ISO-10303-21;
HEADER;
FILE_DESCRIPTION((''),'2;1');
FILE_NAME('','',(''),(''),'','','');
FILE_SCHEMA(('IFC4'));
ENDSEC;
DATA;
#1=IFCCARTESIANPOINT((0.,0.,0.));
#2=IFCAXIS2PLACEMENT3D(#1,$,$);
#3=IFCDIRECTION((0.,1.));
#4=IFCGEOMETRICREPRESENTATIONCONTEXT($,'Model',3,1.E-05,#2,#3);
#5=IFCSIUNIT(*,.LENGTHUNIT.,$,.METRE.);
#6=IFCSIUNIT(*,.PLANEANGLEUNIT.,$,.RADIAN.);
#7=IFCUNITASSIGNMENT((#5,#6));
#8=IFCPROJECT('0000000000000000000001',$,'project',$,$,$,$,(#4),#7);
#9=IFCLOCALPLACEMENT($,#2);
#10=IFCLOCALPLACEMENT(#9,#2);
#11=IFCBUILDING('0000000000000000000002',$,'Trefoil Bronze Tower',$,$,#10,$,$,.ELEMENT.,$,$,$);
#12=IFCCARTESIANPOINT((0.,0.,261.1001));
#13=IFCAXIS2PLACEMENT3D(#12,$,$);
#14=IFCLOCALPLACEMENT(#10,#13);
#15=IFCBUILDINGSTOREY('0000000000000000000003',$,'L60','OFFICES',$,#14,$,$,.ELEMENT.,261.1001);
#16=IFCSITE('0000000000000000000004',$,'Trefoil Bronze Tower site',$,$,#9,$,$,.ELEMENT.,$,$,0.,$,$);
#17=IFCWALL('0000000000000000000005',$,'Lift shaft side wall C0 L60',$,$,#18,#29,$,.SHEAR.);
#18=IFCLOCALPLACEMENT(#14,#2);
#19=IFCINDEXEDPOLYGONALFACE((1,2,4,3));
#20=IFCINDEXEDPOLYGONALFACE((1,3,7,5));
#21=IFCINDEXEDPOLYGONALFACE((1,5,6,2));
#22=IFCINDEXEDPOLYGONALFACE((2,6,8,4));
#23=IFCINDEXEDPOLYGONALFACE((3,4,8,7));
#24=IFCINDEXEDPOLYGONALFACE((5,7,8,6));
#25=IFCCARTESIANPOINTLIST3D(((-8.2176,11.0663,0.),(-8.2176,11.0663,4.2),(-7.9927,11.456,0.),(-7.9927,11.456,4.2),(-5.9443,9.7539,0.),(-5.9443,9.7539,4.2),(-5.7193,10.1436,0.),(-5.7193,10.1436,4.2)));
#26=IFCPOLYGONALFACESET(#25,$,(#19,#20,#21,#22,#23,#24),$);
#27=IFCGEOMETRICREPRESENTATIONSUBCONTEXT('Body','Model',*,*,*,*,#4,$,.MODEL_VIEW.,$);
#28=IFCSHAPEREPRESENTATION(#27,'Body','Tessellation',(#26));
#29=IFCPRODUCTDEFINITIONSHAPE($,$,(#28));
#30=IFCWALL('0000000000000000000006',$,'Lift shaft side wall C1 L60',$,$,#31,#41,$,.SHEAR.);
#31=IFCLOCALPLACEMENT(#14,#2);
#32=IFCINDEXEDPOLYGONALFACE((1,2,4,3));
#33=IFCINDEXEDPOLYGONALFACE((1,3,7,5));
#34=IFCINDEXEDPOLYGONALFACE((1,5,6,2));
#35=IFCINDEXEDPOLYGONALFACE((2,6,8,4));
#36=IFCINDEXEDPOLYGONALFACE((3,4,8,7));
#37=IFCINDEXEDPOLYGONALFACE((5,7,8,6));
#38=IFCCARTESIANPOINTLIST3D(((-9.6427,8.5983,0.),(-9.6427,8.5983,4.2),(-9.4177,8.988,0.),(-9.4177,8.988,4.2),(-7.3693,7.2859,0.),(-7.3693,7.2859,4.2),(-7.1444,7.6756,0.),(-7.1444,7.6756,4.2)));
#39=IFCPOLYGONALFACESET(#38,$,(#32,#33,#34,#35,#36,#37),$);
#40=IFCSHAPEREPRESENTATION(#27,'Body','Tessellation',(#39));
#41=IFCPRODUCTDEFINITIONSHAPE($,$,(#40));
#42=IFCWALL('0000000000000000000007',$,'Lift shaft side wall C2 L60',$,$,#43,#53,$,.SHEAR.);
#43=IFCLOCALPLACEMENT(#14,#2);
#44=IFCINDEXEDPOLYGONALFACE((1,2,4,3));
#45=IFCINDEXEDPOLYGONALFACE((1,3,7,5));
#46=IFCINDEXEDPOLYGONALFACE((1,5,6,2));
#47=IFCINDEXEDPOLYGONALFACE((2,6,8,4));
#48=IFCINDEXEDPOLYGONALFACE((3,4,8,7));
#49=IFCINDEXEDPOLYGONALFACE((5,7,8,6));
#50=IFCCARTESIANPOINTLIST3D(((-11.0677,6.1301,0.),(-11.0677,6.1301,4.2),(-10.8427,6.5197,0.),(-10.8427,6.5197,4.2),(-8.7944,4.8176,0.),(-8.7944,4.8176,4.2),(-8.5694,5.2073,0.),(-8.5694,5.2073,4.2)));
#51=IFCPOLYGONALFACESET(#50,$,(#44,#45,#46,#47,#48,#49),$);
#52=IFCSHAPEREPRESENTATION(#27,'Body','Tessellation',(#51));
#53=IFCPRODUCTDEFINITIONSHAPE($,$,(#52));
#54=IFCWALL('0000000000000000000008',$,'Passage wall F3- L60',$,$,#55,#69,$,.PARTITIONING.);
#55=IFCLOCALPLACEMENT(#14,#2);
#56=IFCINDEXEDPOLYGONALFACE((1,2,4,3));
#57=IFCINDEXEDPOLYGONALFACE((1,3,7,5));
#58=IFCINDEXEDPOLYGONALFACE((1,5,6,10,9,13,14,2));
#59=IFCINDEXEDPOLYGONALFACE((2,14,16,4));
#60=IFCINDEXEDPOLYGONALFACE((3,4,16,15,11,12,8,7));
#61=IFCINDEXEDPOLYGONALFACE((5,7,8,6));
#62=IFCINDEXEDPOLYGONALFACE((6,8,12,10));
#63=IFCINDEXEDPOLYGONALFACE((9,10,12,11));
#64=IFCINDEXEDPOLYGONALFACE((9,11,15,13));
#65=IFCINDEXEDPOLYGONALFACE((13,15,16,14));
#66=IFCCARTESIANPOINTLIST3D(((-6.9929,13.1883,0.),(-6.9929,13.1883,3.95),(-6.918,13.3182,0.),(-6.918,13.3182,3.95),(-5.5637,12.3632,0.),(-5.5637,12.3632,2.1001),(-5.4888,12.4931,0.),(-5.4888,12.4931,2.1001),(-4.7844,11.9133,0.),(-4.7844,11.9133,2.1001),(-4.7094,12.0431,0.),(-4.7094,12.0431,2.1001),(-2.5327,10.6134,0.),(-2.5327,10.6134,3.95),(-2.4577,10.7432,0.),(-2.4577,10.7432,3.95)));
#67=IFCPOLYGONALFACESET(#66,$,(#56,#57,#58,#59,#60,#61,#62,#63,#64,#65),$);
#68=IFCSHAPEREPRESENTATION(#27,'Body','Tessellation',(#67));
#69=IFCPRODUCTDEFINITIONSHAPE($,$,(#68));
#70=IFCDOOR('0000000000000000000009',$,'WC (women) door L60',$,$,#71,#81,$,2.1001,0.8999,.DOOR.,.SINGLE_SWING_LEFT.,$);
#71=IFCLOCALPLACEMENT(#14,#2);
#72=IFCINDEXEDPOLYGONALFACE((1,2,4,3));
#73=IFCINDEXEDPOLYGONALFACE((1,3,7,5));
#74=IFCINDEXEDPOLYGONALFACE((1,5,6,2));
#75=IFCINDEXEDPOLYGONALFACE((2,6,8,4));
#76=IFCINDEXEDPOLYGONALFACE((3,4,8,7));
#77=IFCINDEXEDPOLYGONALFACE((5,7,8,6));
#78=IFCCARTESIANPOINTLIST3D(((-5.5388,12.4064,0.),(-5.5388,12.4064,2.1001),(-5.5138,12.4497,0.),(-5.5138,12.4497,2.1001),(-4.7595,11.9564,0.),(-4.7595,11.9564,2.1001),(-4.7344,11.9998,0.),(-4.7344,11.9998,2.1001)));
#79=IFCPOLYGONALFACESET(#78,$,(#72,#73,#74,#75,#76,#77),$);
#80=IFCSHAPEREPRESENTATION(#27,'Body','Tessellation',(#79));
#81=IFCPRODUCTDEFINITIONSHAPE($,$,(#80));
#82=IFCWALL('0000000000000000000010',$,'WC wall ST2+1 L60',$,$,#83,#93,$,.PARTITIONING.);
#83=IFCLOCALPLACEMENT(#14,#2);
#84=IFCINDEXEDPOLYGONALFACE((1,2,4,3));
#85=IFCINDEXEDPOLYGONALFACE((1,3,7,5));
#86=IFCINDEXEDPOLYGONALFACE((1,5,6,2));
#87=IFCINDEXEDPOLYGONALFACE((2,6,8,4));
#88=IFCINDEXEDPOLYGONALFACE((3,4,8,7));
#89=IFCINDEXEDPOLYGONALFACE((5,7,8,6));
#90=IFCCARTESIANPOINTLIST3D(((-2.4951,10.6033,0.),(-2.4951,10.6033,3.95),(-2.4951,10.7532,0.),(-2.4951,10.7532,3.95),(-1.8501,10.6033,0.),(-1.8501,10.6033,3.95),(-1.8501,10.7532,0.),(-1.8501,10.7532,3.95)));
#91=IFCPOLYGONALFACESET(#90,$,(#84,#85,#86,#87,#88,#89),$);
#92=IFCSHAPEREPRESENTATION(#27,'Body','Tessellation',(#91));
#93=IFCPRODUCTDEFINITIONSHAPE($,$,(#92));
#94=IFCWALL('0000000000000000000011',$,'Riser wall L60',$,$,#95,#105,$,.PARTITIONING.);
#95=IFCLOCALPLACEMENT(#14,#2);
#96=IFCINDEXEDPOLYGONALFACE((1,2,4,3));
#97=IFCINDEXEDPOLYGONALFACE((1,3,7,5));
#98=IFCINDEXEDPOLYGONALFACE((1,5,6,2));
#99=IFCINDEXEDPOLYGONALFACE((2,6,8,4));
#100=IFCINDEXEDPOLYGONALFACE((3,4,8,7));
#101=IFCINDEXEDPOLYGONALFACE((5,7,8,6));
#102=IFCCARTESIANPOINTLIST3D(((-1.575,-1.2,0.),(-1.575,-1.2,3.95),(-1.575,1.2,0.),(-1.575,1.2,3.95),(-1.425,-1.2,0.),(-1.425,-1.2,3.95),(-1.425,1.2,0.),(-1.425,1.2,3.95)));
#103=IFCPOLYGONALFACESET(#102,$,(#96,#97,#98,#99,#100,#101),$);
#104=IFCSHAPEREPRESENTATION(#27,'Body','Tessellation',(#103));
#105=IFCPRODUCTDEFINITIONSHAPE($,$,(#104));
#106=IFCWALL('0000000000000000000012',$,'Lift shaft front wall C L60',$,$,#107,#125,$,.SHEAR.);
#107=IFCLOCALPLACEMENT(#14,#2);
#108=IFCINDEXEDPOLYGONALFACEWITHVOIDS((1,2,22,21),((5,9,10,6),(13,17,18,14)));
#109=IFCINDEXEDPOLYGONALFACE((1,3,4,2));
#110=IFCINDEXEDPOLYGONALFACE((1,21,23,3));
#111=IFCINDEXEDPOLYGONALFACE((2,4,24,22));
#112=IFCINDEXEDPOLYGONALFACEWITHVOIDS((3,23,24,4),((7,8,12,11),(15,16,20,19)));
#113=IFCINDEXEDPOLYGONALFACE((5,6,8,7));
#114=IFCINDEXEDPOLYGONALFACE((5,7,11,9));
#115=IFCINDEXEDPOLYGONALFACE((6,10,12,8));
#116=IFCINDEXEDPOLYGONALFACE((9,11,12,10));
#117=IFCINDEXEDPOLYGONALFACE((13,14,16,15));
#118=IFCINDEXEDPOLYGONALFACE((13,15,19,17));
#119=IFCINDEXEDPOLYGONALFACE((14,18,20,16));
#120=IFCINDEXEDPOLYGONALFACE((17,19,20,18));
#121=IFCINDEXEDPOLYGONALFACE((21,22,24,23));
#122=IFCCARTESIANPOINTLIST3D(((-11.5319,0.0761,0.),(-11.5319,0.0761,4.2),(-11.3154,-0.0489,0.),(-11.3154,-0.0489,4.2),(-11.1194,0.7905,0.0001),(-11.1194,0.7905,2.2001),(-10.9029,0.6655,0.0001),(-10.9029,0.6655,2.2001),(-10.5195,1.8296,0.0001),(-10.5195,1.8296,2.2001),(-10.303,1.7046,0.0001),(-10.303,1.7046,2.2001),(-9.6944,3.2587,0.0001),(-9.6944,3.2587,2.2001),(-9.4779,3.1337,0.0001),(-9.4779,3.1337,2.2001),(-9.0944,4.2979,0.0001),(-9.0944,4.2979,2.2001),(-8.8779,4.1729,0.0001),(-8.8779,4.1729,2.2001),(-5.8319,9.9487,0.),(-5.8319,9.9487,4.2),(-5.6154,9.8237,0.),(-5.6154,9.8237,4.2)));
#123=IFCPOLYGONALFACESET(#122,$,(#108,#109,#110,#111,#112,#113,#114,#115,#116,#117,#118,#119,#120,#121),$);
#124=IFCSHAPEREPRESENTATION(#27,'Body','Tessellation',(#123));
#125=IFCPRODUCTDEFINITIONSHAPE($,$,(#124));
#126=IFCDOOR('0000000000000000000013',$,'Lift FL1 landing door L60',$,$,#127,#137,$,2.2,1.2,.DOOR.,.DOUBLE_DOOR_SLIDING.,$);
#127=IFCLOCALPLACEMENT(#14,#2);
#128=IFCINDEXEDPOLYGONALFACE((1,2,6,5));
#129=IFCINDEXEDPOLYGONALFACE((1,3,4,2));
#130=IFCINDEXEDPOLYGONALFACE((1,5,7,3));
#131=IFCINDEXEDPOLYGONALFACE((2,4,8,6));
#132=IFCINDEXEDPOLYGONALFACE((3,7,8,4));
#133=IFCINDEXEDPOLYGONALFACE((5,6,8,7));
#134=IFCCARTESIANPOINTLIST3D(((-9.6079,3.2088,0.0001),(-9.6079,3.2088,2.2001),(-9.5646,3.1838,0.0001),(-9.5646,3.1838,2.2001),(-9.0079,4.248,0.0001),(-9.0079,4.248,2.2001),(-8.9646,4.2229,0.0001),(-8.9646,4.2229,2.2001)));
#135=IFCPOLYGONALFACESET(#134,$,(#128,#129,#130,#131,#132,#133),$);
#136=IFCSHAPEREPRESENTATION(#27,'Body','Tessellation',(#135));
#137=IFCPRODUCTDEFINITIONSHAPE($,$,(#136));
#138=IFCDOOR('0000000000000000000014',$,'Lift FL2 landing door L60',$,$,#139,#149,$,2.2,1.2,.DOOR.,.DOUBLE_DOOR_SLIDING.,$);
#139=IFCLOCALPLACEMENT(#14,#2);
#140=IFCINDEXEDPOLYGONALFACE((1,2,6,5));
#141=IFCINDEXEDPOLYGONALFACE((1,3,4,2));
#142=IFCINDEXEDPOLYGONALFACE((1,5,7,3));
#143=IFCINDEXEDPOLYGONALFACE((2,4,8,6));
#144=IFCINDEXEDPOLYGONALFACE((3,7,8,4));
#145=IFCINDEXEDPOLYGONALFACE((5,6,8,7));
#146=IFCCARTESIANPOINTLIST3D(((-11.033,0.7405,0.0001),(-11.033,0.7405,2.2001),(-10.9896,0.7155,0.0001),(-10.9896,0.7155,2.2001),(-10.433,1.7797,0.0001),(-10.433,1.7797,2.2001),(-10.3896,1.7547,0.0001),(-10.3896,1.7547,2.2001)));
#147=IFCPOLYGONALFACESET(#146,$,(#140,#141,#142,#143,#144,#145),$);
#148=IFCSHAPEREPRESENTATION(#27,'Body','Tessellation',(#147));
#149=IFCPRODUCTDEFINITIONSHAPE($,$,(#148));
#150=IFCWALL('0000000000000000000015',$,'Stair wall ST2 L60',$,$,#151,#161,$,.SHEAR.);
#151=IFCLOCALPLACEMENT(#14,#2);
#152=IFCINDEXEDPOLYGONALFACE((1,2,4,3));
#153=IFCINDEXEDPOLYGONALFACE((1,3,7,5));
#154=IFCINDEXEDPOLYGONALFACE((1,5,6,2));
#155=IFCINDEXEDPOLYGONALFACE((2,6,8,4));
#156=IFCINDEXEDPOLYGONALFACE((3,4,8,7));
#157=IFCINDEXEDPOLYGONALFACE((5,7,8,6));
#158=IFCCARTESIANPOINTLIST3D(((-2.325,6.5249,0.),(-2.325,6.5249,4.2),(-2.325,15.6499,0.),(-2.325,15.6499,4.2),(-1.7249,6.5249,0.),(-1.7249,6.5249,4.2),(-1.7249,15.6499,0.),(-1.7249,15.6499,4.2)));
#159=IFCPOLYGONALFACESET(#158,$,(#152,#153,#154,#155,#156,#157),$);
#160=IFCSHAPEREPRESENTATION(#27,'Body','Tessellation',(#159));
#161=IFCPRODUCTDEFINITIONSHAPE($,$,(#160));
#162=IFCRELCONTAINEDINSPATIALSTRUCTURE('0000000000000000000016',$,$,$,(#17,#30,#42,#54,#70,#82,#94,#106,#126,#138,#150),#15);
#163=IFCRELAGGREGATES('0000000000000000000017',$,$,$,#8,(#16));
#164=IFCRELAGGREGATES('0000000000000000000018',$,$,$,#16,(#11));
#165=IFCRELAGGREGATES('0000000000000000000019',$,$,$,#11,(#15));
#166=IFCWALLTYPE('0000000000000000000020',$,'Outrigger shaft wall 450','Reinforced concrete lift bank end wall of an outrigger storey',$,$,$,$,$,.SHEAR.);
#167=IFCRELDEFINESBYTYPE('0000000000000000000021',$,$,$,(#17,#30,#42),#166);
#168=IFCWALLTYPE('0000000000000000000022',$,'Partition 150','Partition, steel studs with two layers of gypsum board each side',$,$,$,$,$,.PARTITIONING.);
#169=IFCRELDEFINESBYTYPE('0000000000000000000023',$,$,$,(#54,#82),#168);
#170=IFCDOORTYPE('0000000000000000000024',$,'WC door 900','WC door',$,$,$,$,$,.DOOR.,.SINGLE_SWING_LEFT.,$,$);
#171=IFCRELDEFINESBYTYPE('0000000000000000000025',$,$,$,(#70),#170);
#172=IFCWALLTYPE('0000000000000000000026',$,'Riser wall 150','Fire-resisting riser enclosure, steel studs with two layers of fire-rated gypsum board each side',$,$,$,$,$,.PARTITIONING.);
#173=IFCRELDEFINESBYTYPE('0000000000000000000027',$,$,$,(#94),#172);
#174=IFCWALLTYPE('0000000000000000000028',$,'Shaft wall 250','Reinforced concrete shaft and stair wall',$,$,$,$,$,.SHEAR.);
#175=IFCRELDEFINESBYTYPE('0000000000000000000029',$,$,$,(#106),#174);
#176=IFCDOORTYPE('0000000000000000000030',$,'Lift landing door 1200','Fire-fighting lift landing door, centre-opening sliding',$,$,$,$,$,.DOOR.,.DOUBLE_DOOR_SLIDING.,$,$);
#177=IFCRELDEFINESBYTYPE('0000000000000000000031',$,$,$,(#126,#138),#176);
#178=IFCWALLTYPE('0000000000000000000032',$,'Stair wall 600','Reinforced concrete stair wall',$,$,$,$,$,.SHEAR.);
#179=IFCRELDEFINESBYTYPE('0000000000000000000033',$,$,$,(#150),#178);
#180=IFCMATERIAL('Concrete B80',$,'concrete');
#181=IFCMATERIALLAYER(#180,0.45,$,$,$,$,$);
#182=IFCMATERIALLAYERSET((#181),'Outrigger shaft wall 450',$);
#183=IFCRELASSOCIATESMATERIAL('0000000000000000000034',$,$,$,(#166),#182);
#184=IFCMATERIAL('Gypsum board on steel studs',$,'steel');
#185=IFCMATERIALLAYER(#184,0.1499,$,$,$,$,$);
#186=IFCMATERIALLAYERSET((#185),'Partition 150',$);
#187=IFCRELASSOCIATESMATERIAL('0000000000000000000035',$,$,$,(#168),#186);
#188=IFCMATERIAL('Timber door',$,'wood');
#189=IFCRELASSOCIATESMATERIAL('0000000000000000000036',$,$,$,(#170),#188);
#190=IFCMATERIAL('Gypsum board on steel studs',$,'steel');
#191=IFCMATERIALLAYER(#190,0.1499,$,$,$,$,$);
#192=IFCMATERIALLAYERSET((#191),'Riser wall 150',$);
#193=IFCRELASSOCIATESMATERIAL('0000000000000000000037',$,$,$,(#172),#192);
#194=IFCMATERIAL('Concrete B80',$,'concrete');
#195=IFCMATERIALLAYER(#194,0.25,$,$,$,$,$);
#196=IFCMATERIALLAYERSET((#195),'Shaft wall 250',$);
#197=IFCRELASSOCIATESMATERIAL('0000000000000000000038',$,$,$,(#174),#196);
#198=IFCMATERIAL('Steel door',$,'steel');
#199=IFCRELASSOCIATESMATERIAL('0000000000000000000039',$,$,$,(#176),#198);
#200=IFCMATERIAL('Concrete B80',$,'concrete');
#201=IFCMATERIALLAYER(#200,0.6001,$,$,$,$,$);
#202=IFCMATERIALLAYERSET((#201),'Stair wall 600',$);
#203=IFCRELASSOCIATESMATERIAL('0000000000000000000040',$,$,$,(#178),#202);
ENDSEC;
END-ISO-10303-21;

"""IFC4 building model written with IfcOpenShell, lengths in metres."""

from ifc_helpers import new_model, si_unit, direction, frame, frame_2d, origin, place, context, subcontext, project, spatial, rectangle, extrude, material, layer, layer_set, type_object, element, fill, save


model = new_model("IFC4")

# Units and contexts
model_context = context("Model", 3, precision=1e-05, world=origin(), true_north=direction((0.0, 1.0)))
body_context = subcontext(model_context, "Body", "Model", "MODEL_VIEW")
ifc_project = project(units=[si_unit("LENGTHUNIT", "METRE"), si_unit("PLANEANGLEUNIT", "RADIAN")], contexts=[model_context])

# Site, building, storey
site_placement = place(None, origin())
site = spatial("IfcSite", under=ifc_project, at=site_placement, Name="Trefoil Bronze Tower site", CompositionType="ELEMENT", RefElevation=0.0)
building_placement = place(site_placement, origin())
building = spatial("IfcBuilding", under=site, at=building_placement, Name="Trefoil Bronze Tower", CompositionType="ELEMENT")
storey_placement = place(building_placement, frame((0.0, 0.0, 261.1001)))
storey = spatial("IfcBuildingStorey", under=building, at=storey_placement, Name="L60", Description="OFFICES", CompositionType="ELEMENT", Elevation=261.1001)

# Walls
ifc_material_1 = material(Name="Concrete B80", Category="concrete")
ifc_layer_1 = layer(ifc_material_1, 0.45)
ifc_layer_set_1 = layer_set([ifc_layer_1], Name="Outrigger shaft wall 450")
wall_type_1 = type_object("IfcWallType", Name="Outrigger shaft wall 450", Description="Reinforced concrete lift bank end wall of an outrigger storey", PredefinedType="SHEAR", material=ifc_layer_set_1)
for number, where, z_axis, x_axis, name in (
    (1, (-5.8318, 9.9487, 0.0), (0.0, 0.0, 1.0), (-0.866037, 0.49998, 0.0), "Lift shaft side wall C0 L60"),
    (2, (-7.2568, 7.4807, 0.0), (0.0, 0.0, 1.0), (-0.866037, 0.49998, 0.0), "Lift shaft side wall C1 L60"),
    (3, (-8.6819, 5.0125, 0.0), (0.0, 0.0, 1.0), (-0.866037, 0.49998, 0.0), "Lift shaft side wall C2 L60"),
):
    element("IfcWall", number, at=place(storey_placement, frame(where, z_axis=z_axis, x_axis=x_axis)), inside=storey, type_object=wall_type_1, Name=name, PredefinedType="SHEAR", context=body_context, shape_type="SweptSolid", body=[
        extrude(rectangle(XDim=2.625, YDim=0.45, at=frame_2d((1.3125, 0.0))), origin(), (0.0, 0.0, 1.0), 4.2),
    ])

# Wall, opening, door
ifc_material_2 = material(Name="Gypsum board on steel studs", Category="steel")
ifc_layer_2 = layer(ifc_material_2, 0.1499)
ifc_layer_set_2 = layer_set([ifc_layer_2], Name="Partition 150")
wall_type_2 = type_object("IfcWallType", Name="Partition 150", Description="Partition, steel studs with two layers of gypsum board each side", PredefinedType="PARTITIONING", material=ifc_layer_set_2)
wall_1_placement = place(storey_placement, frame((-2.4951, 10.6782, 0.0), z_axis=(0.0, 0.0, 1.0), x_axis=(-0.866038, 0.499978, 0.0)))
wall_1 = element("IfcWall", 4, at=wall_1_placement, inside=storey, type_object=wall_type_2, Name="Passage wall F3- L60", PredefinedType="PARTITIONING", context=body_context, shape_type="SweptSolid", body=[
    extrude(rectangle(XDim=5.1501, YDim=0.1499, at=frame_2d((2.5752, 0.0))), origin(), (0.0, 0.0, 1.0), 3.95),
])
opening_1_placement = place(wall_1_placement, frame((2.6001, 0.0, 0.0)))
opening_1 = element("IfcOpeningElement", 5, at=opening_1_placement, cuts=wall_1, PredefinedType="OPENING", context=body_context, shape_type="SweptSolid", body=[
    extrude(rectangle(XDim=0.8999, YDim=2.1001, at=frame_2d((0.45, 1.05))), frame((0.0, 0.085, 0.0), z_axis=(0.0, -1.0, 0.0), x_axis=(1.0, 0.0, 0.0)), (0.0, 0.0, 1.0), 0.1699),
])
ifc_material_3 = material(Name="Timber door", Category="wood")
door_type_1 = type_object("IfcDoorType", Name="WC door 900", Description="WC door", OperationType="SINGLE_SWING_LEFT", PredefinedType="DOOR", material=ifc_material_3)
door_1_placement = place(opening_1_placement, frame((0.8999, 0.0, 0.0), z_axis=(0.0, 0.0, 1.0), x_axis=(-1.0, 0.0, 0.0)))
door_1 = element("IfcDoor", 6, at=door_1_placement, inside=storey, type_object=door_type_1, Name="WC (women) door L60", OperationType="SINGLE_SWING_LEFT", OverallHeight=2.1001, OverallWidth=0.8999, PredefinedType="DOOR", context=body_context, shape_type="SweptSolid", body=[
    extrude(rectangle(XDim=0.8999, YDim=2.1001, at=frame_2d((0.45, 1.05))), frame((0.0, 0.0249, 0.0), z_axis=(0.0, -1.0, 0.0), x_axis=(1.0, 0.0, 0.0)), (0.0, 0.0, 1.0), 0.05),
])
fill(opening_1, door_1)

# Walls
wall_2_placement = place(storey_placement, frame((-2.4951, 10.6782, 0.0), z_axis=(0.0, 0.0, 1.0), x_axis=(1.0, 0.0, 0.0)))
element("IfcWall", 7, at=wall_2_placement, inside=storey, type_object=wall_type_2, Name="WC wall ST2+1 L60", PredefinedType="PARTITIONING", context=body_context, shape_type="SweptSolid", body=[
    extrude(rectangle(XDim=0.645, YDim=0.1499, at=frame_2d((0.3225, 0.0))), origin(), (0.0, 0.0, 1.0), 3.95),
])
ifc_material_4 = material(Name="Gypsum board on steel studs", Category="steel")
ifc_layer_3 = layer(ifc_material_4, 0.1499)
ifc_layer_set_3 = layer_set([ifc_layer_3], Name="Riser wall 150")
wall_type_3 = type_object("IfcWallType", Name="Riser wall 150", Description="Fire-resisting riser enclosure, steel studs with two layers of fire-rated gypsum board each side", PredefinedType="PARTITIONING", material=ifc_layer_set_3)
wall_3_placement = place(storey_placement, frame((-1.5, 1.2, 0.0), z_axis=(0.0, 0.0, 1.0), x_axis=(0.0, -1.0, 0.0)))
element("IfcWall", 8, at=wall_3_placement, inside=storey, type_object=wall_type_3, Name="Riser wall L60", PredefinedType="PARTITIONING", context=body_context, shape_type="SweptSolid", body=[
    extrude(rectangle(XDim=2.3999, YDim=0.1499, at=frame_2d((1.2, 0.0))), origin(), (0.0, 0.0, 1.0), 3.95),
])

# Wall, openings, doors
ifc_material_5 = material(Name="Concrete B80", Category="concrete")
ifc_layer_4 = layer(ifc_material_5, 0.25)
ifc_layer_set_4 = layer_set([ifc_layer_4], Name="Shaft wall 250")
wall_type_4 = type_object("IfcWallType", Name="Shaft wall 250", Description="Reinforced concrete shaft and stair wall", PredefinedType="SHEAR", material=ifc_layer_set_4)
wall_4_placement = place(storey_placement, frame((-5.7236, 9.8862, 0.0), z_axis=(0.0, 0.0, 1.0), x_axis=(-0.500002, -0.866024, 0.0)))
wall_4 = element("IfcWall", 9, at=wall_4_placement, inside=storey, type_object=wall_type_4, Name="Lift shaft front wall C L60", PredefinedType="SHEAR", context=body_context, shape_type="SweptSolid", body=[
    extrude(rectangle(XDim=11.3999, YDim=0.25, at=frame_2d((5.7, 0.0))), origin(), (0.0, 0.0, 1.0), 4.2),
])
opening_2_placement = place(wall_4_placement, frame((6.5249, 0.0, 0.0)))
opening_2 = element("IfcOpeningElement", 10, at=opening_2_placement, cuts=wall_4, PredefinedType="OPENING", context=body_context, shape_type="SweptSolid", body=[
    extrude(rectangle(XDim=1.2, YDim=2.2, at=frame_2d((0.6001, 1.1001))), frame((0.0, 0.135, 0.0), z_axis=(0.0, -1.0, 0.0), x_axis=(1.0, 0.0, 0.0)), (0.0, 0.0, 1.0), 0.27),
])
opening_3_placement = place(wall_4_placement, frame((9.375, 0.0, 0.0)))
opening_3 = element("IfcOpeningElement", 11, at=opening_3_placement, cuts=wall_4, PredefinedType="OPENING", context=body_context, shape_type="SweptSolid", body=[
    extrude(rectangle(XDim=1.2, YDim=2.2, at=frame_2d((0.6001, 1.1001))), frame((0.0, 0.135, 0.0), z_axis=(0.0, -1.0, 0.0), x_axis=(1.0, 0.0, 0.0)), (0.0, 0.0, 1.0), 0.27),
])
ifc_material_6 = material(Name="Steel door", Category="steel")
door_type_2 = type_object("IfcDoorType", Name="Lift landing door 1200", Description="Fire-fighting lift landing door, centre-opening sliding", OperationType="DOUBLE_DOOR_SLIDING", PredefinedType="DOOR", material=ifc_material_6)
door_2_placement = place(opening_2_placement, origin())
door_2 = element("IfcDoor", 12, at=door_2_placement, inside=storey, type_object=door_type_2, Name="Lift FL1 landing door L60", OperationType="DOUBLE_DOOR_SLIDING", OverallHeight=2.2, OverallWidth=1.2, PredefinedType="DOOR", context=body_context, shape_type="SweptSolid", body=[
    extrude(rectangle(XDim=1.2, YDim=2.2, at=frame_2d((0.6001, 1.1001))), frame((0.0, 0.0249, 0.0), z_axis=(0.0, -1.0, 0.0), x_axis=(1.0, 0.0, 0.0)), (0.0, 0.0, 1.0), 0.05),
])
fill(opening_2, door_2)
door_3_placement = place(opening_3_placement, origin())
door_3 = element("IfcDoor", 13, at=door_3_placement, inside=storey, type_object=door_type_2, Name="Lift FL2 landing door L60", OperationType="DOUBLE_DOOR_SLIDING", OverallHeight=2.2, OverallWidth=1.2, PredefinedType="DOOR", context=body_context, shape_type="SweptSolid", body=[
    extrude(rectangle(XDim=1.2, YDim=2.2, at=frame_2d((0.6001, 1.1001))), frame((0.0, 0.0249, 0.0), z_axis=(0.0, -1.0, 0.0), x_axis=(1.0, 0.0, 0.0)), (0.0, 0.0, 1.0), 0.05),
])
fill(opening_3, door_3)

# Wall
ifc_material_7 = material(Name="Concrete B80", Category="concrete")
ifc_layer_5 = layer(ifc_material_7, 0.6001)
ifc_layer_set_5 = layer_set([ifc_layer_5], Name="Stair wall 600")
wall_type_5 = type_object("IfcWallType", Name="Stair wall 600", Description="Reinforced concrete stair wall", PredefinedType="SHEAR", material=ifc_layer_set_5)
wall_5_placement = place(storey_placement, frame((-2.0249, 6.5249, 0.0), z_axis=(0.0, 0.0, 1.0), x_axis=(0.0, 1.0, 0.0)))
element("IfcWall", 14, at=wall_5_placement, inside=storey, type_object=wall_type_5, Name="Stair wall ST2 L60", PredefinedType="SHEAR", context=body_context, shape_type="SweptSolid", body=[
    extrude(rectangle(XDim=9.125, YDim=0.6001, at=frame_2d((4.5625, 0.0))), origin(), (0.0, 0.0, 1.0), 4.2),
])

save(model, "model.ifc")
